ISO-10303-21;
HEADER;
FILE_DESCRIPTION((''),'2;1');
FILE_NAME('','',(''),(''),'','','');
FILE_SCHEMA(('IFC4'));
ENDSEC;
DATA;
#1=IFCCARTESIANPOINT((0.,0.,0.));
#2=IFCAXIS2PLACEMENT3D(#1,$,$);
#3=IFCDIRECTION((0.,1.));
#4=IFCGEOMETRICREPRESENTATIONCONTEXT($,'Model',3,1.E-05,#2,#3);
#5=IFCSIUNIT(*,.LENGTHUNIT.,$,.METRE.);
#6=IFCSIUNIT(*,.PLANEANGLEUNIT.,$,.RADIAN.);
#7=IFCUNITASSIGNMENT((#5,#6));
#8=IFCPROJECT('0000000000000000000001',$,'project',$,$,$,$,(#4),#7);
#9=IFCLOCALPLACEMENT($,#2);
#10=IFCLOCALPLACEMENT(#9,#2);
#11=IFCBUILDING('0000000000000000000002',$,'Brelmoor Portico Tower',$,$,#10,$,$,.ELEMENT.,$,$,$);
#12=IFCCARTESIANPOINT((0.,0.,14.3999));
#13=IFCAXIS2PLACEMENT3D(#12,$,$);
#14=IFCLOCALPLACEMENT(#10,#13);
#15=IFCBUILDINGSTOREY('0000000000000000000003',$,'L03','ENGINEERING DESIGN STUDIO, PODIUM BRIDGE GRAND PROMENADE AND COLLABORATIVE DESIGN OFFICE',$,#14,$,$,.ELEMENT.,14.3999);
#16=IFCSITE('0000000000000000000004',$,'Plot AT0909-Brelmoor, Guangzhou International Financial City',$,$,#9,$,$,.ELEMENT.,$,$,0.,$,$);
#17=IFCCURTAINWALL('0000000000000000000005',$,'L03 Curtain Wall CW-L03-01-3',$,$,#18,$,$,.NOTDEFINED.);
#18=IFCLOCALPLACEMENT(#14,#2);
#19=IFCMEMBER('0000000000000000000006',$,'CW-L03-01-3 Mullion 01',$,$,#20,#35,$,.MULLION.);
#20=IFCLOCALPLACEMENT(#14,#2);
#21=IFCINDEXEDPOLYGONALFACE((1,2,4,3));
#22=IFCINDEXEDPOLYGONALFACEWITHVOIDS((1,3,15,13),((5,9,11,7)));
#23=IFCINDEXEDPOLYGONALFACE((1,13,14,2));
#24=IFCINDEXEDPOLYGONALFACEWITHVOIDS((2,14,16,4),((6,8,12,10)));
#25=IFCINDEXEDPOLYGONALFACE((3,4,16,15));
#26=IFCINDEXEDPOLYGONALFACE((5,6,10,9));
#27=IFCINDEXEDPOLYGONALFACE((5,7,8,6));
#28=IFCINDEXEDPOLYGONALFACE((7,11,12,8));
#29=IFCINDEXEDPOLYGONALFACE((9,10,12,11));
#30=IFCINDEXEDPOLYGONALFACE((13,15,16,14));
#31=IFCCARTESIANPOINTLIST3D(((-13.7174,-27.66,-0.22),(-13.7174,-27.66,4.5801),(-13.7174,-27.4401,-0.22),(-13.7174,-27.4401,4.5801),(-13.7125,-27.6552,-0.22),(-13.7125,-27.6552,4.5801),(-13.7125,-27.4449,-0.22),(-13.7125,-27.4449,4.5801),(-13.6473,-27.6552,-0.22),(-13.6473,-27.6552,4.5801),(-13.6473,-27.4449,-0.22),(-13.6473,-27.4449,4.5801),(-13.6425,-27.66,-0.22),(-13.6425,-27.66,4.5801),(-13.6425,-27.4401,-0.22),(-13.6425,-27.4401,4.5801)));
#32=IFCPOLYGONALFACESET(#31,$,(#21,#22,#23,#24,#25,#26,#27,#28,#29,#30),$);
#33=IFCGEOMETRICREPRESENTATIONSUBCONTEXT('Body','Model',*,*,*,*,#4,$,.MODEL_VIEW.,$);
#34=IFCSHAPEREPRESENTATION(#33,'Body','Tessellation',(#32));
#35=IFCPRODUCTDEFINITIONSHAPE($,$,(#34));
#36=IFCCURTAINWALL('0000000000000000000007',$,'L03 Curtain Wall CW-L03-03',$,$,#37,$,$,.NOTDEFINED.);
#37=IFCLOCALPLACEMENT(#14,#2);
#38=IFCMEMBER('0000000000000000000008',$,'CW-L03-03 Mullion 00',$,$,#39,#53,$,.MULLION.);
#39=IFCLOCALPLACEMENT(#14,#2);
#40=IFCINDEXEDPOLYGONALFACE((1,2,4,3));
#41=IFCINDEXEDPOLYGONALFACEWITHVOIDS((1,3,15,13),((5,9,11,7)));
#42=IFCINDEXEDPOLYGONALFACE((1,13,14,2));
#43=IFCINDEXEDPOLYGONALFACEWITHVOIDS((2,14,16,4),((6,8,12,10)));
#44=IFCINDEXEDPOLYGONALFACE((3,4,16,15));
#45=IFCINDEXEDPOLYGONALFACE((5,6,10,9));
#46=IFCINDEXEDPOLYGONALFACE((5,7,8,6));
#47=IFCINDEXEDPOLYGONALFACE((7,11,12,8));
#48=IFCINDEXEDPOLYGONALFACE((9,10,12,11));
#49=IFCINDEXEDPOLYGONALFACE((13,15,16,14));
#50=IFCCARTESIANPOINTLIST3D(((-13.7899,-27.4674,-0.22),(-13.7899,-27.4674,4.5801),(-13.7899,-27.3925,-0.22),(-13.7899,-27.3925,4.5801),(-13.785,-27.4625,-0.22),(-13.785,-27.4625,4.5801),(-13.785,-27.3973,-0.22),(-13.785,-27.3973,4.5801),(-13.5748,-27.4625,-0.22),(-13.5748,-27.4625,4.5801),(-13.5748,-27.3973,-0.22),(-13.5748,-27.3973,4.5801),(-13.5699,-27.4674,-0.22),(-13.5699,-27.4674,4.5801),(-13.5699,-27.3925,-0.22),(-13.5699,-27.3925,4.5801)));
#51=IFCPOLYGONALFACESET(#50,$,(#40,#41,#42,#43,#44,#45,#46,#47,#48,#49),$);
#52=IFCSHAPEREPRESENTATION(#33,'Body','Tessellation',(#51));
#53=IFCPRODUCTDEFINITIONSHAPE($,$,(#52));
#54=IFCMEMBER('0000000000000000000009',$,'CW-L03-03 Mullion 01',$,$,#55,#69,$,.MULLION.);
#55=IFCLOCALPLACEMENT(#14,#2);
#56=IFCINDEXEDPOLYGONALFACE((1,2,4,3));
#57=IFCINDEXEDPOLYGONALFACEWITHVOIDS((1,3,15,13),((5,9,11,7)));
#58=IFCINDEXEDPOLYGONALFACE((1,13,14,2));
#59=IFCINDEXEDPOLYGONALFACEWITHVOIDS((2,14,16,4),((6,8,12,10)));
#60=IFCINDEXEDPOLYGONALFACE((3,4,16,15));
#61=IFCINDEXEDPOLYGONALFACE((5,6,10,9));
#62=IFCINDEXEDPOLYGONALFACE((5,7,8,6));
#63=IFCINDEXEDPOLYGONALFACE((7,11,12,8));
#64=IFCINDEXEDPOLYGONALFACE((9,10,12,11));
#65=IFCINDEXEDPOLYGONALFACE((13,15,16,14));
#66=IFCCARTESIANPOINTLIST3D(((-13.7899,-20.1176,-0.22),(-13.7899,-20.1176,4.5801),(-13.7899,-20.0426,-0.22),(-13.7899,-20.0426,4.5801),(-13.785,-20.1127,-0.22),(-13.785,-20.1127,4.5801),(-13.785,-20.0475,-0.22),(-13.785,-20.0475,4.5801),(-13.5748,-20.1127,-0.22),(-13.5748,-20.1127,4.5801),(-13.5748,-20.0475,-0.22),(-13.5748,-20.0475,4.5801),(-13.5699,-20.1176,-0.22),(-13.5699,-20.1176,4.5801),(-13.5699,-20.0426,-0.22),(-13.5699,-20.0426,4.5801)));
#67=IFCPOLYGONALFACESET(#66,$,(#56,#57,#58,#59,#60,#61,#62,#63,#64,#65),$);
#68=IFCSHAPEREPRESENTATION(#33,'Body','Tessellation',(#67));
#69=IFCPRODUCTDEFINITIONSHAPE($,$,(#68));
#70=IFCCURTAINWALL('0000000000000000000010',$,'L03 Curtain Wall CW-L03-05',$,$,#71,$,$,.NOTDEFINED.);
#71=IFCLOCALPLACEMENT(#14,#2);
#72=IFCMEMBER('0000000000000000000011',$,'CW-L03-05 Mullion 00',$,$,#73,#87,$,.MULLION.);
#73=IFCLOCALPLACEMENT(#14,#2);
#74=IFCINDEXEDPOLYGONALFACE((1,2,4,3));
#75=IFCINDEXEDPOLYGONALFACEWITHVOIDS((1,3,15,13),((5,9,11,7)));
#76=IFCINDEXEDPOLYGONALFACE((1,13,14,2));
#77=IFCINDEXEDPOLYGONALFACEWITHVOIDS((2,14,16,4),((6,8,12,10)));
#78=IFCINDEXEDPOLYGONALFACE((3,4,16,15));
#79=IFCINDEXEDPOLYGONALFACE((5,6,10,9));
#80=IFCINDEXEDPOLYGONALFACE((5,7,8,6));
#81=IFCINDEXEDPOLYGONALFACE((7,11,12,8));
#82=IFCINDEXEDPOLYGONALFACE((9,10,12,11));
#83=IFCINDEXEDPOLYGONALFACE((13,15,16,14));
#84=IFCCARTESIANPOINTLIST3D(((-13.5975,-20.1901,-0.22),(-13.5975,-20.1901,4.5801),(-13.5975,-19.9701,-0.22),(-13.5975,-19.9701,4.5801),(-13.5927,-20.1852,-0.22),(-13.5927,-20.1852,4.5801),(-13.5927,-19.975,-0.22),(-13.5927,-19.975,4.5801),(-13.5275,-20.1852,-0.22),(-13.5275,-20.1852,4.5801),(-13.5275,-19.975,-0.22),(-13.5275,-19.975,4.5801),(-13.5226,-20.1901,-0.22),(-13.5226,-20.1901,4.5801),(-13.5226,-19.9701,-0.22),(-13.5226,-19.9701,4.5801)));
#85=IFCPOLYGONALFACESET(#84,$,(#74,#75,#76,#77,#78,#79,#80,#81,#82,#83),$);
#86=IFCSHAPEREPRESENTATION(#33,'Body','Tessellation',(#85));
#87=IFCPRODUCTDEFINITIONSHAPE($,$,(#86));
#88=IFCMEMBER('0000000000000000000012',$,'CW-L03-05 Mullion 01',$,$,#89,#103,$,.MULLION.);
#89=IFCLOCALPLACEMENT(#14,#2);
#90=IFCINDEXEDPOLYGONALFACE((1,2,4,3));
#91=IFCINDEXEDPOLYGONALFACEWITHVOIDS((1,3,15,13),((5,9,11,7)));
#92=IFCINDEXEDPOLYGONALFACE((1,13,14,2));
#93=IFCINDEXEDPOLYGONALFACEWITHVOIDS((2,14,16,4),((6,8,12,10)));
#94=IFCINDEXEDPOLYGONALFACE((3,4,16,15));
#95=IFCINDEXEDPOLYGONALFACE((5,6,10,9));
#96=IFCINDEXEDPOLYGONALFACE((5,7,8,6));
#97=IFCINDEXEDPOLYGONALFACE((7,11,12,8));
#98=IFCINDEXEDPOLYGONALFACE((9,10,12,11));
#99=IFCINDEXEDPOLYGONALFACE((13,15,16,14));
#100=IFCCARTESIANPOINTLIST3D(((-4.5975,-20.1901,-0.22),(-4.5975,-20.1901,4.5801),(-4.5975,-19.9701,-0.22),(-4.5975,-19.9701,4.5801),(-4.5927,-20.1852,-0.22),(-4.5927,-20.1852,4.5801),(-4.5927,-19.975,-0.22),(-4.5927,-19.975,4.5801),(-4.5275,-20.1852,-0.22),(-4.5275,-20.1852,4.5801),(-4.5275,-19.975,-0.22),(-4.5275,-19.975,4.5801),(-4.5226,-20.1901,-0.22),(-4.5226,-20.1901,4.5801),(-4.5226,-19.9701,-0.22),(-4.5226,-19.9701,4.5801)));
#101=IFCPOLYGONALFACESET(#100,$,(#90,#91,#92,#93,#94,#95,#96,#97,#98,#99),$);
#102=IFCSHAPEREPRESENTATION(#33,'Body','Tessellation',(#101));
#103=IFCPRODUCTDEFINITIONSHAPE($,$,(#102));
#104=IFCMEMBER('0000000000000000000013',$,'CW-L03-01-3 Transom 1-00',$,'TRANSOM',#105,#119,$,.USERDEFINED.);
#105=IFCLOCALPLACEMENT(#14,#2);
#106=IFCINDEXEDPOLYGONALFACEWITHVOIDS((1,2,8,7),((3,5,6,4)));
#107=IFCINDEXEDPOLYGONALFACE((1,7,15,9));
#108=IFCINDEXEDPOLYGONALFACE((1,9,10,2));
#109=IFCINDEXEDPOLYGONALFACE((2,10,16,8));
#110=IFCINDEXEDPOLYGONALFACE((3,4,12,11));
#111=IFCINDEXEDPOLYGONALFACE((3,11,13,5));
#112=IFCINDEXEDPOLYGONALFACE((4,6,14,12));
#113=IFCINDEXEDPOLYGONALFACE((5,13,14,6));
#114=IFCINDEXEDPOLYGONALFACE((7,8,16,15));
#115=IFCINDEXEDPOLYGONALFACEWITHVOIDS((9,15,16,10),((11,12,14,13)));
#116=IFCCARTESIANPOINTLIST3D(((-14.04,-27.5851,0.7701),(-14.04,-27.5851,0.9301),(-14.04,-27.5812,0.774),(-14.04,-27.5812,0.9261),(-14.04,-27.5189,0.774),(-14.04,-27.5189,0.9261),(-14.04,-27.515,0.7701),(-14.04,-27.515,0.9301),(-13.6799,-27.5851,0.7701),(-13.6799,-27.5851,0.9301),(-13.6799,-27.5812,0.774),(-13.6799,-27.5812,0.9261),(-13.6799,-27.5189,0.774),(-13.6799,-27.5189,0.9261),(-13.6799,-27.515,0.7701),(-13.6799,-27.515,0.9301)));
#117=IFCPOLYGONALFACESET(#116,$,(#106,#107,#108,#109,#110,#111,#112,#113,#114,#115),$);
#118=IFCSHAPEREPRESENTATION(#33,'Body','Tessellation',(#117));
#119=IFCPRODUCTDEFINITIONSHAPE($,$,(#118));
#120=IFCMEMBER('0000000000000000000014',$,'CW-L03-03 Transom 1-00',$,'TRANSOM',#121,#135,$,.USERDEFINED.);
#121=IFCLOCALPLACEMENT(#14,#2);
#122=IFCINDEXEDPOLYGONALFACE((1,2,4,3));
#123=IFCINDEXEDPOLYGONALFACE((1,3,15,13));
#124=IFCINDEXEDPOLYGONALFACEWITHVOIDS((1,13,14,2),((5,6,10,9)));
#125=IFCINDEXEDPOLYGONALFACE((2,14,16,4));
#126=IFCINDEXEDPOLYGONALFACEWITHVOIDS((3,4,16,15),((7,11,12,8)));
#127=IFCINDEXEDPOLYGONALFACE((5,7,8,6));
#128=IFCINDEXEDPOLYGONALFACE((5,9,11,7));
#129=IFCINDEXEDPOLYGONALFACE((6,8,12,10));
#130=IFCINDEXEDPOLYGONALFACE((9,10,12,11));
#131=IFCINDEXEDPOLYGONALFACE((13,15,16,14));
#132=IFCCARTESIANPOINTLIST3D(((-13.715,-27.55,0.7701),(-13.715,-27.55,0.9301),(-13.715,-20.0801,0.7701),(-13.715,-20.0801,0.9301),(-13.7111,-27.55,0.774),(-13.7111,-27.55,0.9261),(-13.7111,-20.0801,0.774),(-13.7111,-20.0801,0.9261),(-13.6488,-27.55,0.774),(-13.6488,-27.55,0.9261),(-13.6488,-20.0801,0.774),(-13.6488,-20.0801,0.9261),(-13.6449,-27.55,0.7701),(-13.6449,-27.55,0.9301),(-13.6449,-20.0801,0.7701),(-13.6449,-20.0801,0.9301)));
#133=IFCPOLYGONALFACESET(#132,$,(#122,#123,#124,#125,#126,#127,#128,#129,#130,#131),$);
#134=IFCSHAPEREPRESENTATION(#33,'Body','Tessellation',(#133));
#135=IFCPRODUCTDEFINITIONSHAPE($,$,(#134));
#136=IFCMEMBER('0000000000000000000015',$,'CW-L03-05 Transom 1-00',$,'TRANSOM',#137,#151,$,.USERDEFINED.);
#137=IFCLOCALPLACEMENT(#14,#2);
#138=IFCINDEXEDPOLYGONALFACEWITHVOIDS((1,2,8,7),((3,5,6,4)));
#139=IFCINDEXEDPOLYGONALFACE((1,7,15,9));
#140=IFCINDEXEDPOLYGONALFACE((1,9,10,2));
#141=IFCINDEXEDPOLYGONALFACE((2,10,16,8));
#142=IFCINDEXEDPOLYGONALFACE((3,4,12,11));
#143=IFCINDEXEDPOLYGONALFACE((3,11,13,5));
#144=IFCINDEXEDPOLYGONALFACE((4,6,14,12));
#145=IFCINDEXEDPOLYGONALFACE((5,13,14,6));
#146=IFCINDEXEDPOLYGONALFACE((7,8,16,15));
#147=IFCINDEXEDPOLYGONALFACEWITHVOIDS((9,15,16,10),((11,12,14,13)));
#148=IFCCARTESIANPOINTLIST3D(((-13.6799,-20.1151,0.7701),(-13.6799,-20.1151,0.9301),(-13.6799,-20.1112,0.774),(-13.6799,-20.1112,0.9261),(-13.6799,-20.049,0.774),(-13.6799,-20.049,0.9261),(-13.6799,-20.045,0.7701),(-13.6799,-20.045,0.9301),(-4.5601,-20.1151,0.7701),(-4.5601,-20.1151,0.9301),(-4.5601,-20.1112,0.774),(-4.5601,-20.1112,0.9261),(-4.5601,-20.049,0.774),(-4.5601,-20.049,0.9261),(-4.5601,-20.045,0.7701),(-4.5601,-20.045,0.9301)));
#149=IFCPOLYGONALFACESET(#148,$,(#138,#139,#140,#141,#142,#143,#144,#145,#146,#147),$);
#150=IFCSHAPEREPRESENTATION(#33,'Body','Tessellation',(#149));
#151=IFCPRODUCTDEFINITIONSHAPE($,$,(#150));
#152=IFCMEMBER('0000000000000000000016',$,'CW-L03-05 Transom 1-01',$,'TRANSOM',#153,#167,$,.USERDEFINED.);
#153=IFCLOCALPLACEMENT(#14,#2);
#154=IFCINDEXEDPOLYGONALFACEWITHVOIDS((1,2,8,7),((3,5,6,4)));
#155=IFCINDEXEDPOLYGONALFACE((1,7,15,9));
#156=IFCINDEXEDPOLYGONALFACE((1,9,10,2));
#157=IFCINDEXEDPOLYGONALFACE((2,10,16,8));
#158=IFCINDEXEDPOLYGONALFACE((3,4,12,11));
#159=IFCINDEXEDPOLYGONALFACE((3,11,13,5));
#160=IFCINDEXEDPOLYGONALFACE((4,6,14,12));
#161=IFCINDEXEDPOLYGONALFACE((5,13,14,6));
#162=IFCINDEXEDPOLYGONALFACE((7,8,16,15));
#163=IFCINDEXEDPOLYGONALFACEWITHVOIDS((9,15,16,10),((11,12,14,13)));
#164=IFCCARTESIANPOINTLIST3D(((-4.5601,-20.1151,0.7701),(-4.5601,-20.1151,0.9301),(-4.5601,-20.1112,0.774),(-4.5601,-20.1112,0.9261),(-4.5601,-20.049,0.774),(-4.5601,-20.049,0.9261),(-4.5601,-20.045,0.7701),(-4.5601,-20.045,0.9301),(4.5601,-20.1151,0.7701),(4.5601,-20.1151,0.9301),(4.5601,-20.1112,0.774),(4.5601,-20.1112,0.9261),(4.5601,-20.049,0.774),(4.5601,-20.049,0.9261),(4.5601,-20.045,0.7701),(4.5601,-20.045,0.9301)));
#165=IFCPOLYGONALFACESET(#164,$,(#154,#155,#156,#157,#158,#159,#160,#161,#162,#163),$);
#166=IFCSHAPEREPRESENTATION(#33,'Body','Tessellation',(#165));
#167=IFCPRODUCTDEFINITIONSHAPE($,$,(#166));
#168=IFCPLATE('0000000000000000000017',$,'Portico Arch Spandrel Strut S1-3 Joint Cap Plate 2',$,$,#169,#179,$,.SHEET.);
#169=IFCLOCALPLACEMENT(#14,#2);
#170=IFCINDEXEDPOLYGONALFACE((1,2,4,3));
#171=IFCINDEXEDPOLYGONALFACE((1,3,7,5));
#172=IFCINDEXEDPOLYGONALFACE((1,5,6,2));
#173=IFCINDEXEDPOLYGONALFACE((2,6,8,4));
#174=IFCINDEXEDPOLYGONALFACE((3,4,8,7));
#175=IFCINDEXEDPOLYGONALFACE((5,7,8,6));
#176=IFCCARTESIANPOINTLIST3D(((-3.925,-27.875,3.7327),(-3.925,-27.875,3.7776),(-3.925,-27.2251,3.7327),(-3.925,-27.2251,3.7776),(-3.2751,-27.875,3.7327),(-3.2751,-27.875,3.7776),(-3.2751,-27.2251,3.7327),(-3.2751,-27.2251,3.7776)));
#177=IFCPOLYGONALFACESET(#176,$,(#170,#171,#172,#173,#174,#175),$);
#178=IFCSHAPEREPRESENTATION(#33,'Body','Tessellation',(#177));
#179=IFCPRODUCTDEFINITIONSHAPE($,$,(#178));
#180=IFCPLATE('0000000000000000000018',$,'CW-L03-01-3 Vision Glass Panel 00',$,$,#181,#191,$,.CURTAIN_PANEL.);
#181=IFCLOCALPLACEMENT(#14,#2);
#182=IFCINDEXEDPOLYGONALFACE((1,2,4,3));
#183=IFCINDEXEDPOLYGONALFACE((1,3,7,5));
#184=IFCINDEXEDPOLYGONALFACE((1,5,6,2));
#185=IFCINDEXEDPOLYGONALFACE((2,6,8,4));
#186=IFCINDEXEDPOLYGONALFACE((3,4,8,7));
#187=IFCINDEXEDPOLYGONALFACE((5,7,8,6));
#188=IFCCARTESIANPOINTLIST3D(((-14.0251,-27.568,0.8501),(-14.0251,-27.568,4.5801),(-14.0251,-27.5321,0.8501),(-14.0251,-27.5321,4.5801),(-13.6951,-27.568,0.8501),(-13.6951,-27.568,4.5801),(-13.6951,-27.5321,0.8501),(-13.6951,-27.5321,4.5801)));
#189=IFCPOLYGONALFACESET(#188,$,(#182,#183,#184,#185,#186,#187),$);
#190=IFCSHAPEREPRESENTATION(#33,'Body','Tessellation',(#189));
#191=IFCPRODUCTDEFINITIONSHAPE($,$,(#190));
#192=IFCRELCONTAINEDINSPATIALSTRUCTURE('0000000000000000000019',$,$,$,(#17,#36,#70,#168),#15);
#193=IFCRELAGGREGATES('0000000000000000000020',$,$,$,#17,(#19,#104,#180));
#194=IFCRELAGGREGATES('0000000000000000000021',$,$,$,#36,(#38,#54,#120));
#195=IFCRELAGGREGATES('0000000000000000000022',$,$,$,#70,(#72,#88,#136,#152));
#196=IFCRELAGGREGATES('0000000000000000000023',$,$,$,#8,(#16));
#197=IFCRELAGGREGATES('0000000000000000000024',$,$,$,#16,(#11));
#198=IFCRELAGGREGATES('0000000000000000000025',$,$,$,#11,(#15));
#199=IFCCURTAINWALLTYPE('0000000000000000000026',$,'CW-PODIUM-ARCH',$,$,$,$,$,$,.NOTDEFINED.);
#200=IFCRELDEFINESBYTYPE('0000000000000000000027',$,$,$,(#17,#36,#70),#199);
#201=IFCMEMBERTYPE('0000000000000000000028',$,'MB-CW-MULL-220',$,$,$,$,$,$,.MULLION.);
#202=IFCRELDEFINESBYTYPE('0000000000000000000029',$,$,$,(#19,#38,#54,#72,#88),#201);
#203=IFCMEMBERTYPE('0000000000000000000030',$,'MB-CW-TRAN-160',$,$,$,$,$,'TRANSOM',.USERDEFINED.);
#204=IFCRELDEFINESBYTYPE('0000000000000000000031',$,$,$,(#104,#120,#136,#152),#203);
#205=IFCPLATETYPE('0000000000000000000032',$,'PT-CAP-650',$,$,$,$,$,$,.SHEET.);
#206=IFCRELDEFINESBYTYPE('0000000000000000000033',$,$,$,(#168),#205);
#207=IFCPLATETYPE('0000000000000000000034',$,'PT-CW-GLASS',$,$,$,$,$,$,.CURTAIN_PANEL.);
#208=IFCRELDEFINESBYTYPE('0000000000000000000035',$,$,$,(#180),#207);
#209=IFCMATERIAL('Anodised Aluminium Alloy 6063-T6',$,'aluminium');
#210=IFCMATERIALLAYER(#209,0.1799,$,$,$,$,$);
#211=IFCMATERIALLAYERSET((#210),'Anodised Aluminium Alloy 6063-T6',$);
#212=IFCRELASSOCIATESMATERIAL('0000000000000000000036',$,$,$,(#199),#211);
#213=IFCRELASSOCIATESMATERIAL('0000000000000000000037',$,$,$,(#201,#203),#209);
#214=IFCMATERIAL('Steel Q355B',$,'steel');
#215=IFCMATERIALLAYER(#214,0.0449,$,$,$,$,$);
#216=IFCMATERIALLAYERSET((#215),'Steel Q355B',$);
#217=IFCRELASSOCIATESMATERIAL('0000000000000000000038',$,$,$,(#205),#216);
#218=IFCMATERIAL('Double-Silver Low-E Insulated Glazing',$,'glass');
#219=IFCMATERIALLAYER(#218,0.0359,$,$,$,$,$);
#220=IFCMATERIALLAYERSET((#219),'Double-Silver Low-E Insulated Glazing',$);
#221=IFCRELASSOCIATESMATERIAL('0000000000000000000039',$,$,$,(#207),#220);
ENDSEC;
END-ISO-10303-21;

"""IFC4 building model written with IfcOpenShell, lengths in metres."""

from ifc_helpers import new_model, si_unit, direction, frame, origin, origin_2d, place, context, subcontext, project, spatial, rectangle, hollow_rectangle, extrude, material, layer, layer_set, material_profile, profile_set, type_object, element, aggregate, save


model = new_model("IFC4")

# Units and contexts
model_context = context("Model", 3, precision=1e-05, world=origin(), true_north=direction((0.0, 1.0)))
body_context = subcontext(model_context, "Body", "Model", "MODEL_VIEW")
ifc_project = project(units=[si_unit("LENGTHUNIT", "METRE"), si_unit("PLANEANGLEUNIT", "RADIAN")], contexts=[model_context])

# Site, building, storey
site_placement = place(None, origin())
site = spatial("IfcSite", under=ifc_project, at=site_placement, Name="Plot AT0909-Brelmoor, Guangzhou International Financial City", CompositionType="ELEMENT", RefElevation=0.0)
building_placement = place(site_placement, origin())
building = spatial("IfcBuilding", under=site, at=building_placement, Name="Brelmoor Portico Tower", CompositionType="ELEMENT")
storey_placement = place(building_placement, frame((0.0, 0.0, 14.3999)))
storey = spatial("IfcBuildingStorey", under=building, at=storey_placement, Name="L03", Description="ENGINEERING DESIGN STUDIO, PODIUM BRIDGE GRAND PROMENADE AND COLLABORATIVE DESIGN OFFICE", CompositionType="ELEMENT", Elevation=14.3999)

# Shared definitions
ifc_material_1 = material(Name="Steel Q355B", Category="steel")

# Curtain walls, members
ifc_material_2 = material(Name="Anodised Aluminium Alloy 6063-T6", Category="aluminium")
ifc_layer_1 = layer(ifc_material_2, 0.1799)
ifc_layer_set_1 = layer_set([ifc_layer_1], Name="Anodised Aluminium Alloy 6063-T6")
curtain_wall_type = type_object("IfcCurtainWallType", Name="CW-PODIUM-ARCH", PredefinedType="NOTDEFINED", material=ifc_layer_set_1)
curtain_wall_1_placement = place(storey_placement, origin())
curtain_wall_1 = element("IfcCurtainWall", 1, at=curtain_wall_1_placement, inside=storey, type_object=curtain_wall_type, Name="L03 Curtain Wall CW-L03-01-3", PredefinedType="NOTDEFINED")
ifc_material_profile_1 = material_profile(ifc_material_2, hollow_rectangle(XDim=0.075, YDim=0.22, WallThickness=0.0049, at=origin_2d()), Name="ALU MULLION 75x220")
ifc_profile_set_1 = profile_set([ifc_material_profile_1], Name="Anodised Aluminium Alloy 6063-T6")
member_type_1 = type_object("IfcMemberType", Name="MB-CW-MULL-220", PredefinedType="MULLION", material=ifc_profile_set_1)
member_1_placement = place(storey_placement, frame((-13.6799, -27.55, -0.22), z_axis=(0.0, 0.0, 1.0), x_axis=(1.0, 0.0, 0.0)))
member_1 = element("IfcMember", 2, at=member_1_placement, type_object=member_type_1, Name="CW-L03-01-3 Mullion 01", PredefinedType="MULLION", context=body_context, shape_type="SweptSolid", body=[
    extrude(hollow_rectangle(XDim=0.075, YDim=0.22, WallThickness=0.0049, at=origin_2d()), origin(), (0.0, 0.0, 1.0), 4.8),
])
curtain_wall_2_placement = place(storey_placement, origin())
curtain_wall_2 = element("IfcCurtainWall", 3, at=curtain_wall_2_placement, inside=storey, type_object=curtain_wall_type, Name="L03 Curtain Wall CW-L03-03", PredefinedType="NOTDEFINED")
member_2_placement = place(storey_placement, frame((-13.6799, -27.4299, -0.22), z_axis=(0.0, 0.0, 1.0), x_axis=(0.0, 1.0, 0.0)))
member_2 = element("IfcMember", 4, at=member_2_placement, type_object=member_type_1, Name="CW-L03-03 Mullion 00", PredefinedType="MULLION", context=body_context, shape_type="SweptSolid", body=[
    extrude(hollow_rectangle(XDim=0.075, YDim=0.22, WallThickness=0.0049, at=origin_2d()), origin(), (0.0, 0.0, 1.0), 4.8),
])
member_3_placement = place(storey_placement, frame((-13.6799, -20.0801, -0.22), z_axis=(0.0, 0.0, 1.0), x_axis=(0.0, 1.0, 0.0)))
member_3 = element("IfcMember", 5, at=member_3_placement, type_object=member_type_1, Name="CW-L03-03 Mullion 01", PredefinedType="MULLION", context=body_context, shape_type="SweptSolid", body=[
    extrude(hollow_rectangle(XDim=0.075, YDim=0.22, WallThickness=0.0049, at=origin_2d()), origin(), (0.0, 0.0, 1.0), 4.8),
])
curtain_wall_3_placement = place(storey_placement, origin())
curtain_wall_3 = element("IfcCurtainWall", 6, at=curtain_wall_3_placement, inside=storey, type_object=curtain_wall_type, Name="L03 Curtain Wall CW-L03-05", PredefinedType="NOTDEFINED")
member_4_placement = place(storey_placement, frame((-13.5601, -20.0801, -0.22), z_axis=(0.0, 0.0, 1.0), x_axis=(1.0, 0.0, 0.0)))
member_4 = element("IfcMember", 7, at=member_4_placement, type_object=member_type_1, Name="CW-L03-05 Mullion 00", PredefinedType="MULLION", context=body_context, shape_type="SweptSolid", body=[
    extrude(hollow_rectangle(XDim=0.075, YDim=0.22, WallThickness=0.0049, at=origin_2d()), origin(), (0.0, 0.0, 1.0), 4.8),
])
member_5_placement = place(storey_placement, frame((-4.5601, -20.0801, -0.22), z_axis=(0.0, 0.0, 1.0), x_axis=(1.0, 0.0, 0.0)))
member_5 = element("IfcMember", 8, at=member_5_placement, type_object=member_type_1, Name="CW-L03-05 Mullion 01", PredefinedType="MULLION", context=body_context, shape_type="SweptSolid", body=[
    extrude(hollow_rectangle(XDim=0.075, YDim=0.22, WallThickness=0.0049, at=origin_2d()), origin(), (0.0, 0.0, 1.0), 4.8),
])

# Members
ifc_material_profile_2 = material_profile(ifc_material_2, hollow_rectangle(XDim=0.0701, YDim=0.1599, WallThickness=0.0039, at=origin_2d()), Name="ALU TRANSOM 70x160")
ifc_profile_set_2 = profile_set([ifc_material_profile_2], Name="Anodised Aluminium Alloy 6063-T6")
member_type_2 = type_object("IfcMemberType", Name="MB-CW-TRAN-160", ElementType="TRANSOM", PredefinedType="USERDEFINED", material=ifc_profile_set_2)
member_6_placement = place(storey_placement, frame((-14.04, -27.55, 0.8501), z_axis=(1.0, 0.0, 0.0), x_axis=(0.0, 1.0, 0.0)))
member_6 = element("IfcMember", 9, at=member_6_placement, type_object=member_type_2, Name="CW-L03-01-3 Transom 1-00", ObjectType="TRANSOM", PredefinedType="USERDEFINED", context=body_context, shape_type="SweptSolid", body=[
    extrude(hollow_rectangle(XDim=0.0701, YDim=0.1599, WallThickness=0.0039, at=origin_2d()), origin(), (0.0, 0.0, 1.0), 0.3601),
])
member_7_placement = place(storey_placement, frame((-13.6799, -27.55, 0.8501), z_axis=(0.0, 1.0, 0.0), x_axis=(-1.0, 0.0, 0.0)))
member_7 = element("IfcMember", 10, at=member_7_placement, type_object=member_type_2, Name="CW-L03-03 Transom 1-00", ObjectType="TRANSOM", PredefinedType="USERDEFINED", context=body_context, shape_type="SweptSolid", body=[
    extrude(hollow_rectangle(XDim=0.0701, YDim=0.1599, WallThickness=0.0039, at=origin_2d()), origin(), (0.0, 0.0, 1.0), 7.47),
])
member_8_placement = place(storey_placement, frame((-13.6799, -20.0801, 0.8501), z_axis=(1.0, 0.0, 0.0), x_axis=(0.0, 1.0, 0.0)))
member_8 = element("IfcMember", 11, at=member_8_placement, type_object=member_type_2, Name="CW-L03-05 Transom 1-00", ObjectType="TRANSOM", PredefinedType="USERDEFINED", context=body_context, shape_type="SweptSolid", body=[
    extrude(hollow_rectangle(XDim=0.0701, YDim=0.1599, WallThickness=0.0039, at=origin_2d()), origin(), (0.0, 0.0, 1.0), 9.1199),
])
member_9_placement = place(storey_placement, frame((-4.5601, -20.0801, 0.8501), z_axis=(1.0, 0.0, 0.0), x_axis=(0.0, 1.0, 0.0)))
member_9 = element("IfcMember", 12, at=member_9_placement, type_object=member_type_2, Name="CW-L03-05 Transom 1-01", ObjectType="TRANSOM", PredefinedType="USERDEFINED", context=body_context, shape_type="SweptSolid", body=[
    extrude(hollow_rectangle(XDim=0.0701, YDim=0.1599, WallThickness=0.0039, at=origin_2d()), origin(), (0.0, 0.0, 1.0), 9.1201),
])

# Plates
ifc_layer_2 = layer(ifc_material_1, 0.0449)
ifc_layer_set_2 = layer_set([ifc_layer_2], Name="Steel Q355B")
plate_type_1 = type_object("IfcPlateType", Name="PT-CAP-650", PredefinedType="SHEET", material=ifc_layer_set_2)
plate_1_placement = place(storey_placement, frame((-3.6001, -27.55, 3.7327), z_axis=(0.0, 0.0, 1.0), x_axis=(1.0, 0.0, 0.0)))
element("IfcPlate", 13, at=plate_1_placement, inside=storey, type_object=plate_type_1, Name="Portico Arch Spandrel Strut S1-3 Joint Cap Plate 2", PredefinedType="SHEET", context=body_context, shape_type="SweptSolid", body=[
    extrude(rectangle(XDim=0.6499, YDim=0.6499, at=origin_2d()), origin(), (0.0, 0.0, 1.0), 0.0449),
])
ifc_material_3 = material(Name="Double-Silver Low-E Insulated Glazing", Category="glass")
ifc_layer_3 = layer(ifc_material_3, 0.0359)
ifc_layer_set_3 = layer_set([ifc_layer_3], Name="Double-Silver Low-E Insulated Glazing")
plate_type_2 = type_object("IfcPlateType", Name="PT-CW-GLASS", PredefinedType="CURTAIN_PANEL", material=ifc_layer_set_3)
plate_2_placement = place(storey_placement, frame((-13.8601, -27.55, 0.8501), z_axis=(0.0, 0.0, 1.0), x_axis=(1.0, 0.0, 0.0)))
plate_2 = element("IfcPlate", 14, at=plate_2_placement, type_object=plate_type_2, Name="CW-L03-01-3 Vision Glass Panel 00", PredefinedType="CURTAIN_PANEL", context=body_context, shape_type="SweptSolid", body=[
    extrude(rectangle(XDim=0.3301, YDim=0.0359, at=origin_2d()), origin(), (0.0, 0.0, 1.0), 3.73),
])
aggregate(curtain_wall_1, [member_1, member_6, plate_2])
aggregate(curtain_wall_2, [member_2, member_3, member_7])
aggregate(curtain_wall_3, [member_4, member_5, member_8, member_9])

save(model, "model.ifc")
